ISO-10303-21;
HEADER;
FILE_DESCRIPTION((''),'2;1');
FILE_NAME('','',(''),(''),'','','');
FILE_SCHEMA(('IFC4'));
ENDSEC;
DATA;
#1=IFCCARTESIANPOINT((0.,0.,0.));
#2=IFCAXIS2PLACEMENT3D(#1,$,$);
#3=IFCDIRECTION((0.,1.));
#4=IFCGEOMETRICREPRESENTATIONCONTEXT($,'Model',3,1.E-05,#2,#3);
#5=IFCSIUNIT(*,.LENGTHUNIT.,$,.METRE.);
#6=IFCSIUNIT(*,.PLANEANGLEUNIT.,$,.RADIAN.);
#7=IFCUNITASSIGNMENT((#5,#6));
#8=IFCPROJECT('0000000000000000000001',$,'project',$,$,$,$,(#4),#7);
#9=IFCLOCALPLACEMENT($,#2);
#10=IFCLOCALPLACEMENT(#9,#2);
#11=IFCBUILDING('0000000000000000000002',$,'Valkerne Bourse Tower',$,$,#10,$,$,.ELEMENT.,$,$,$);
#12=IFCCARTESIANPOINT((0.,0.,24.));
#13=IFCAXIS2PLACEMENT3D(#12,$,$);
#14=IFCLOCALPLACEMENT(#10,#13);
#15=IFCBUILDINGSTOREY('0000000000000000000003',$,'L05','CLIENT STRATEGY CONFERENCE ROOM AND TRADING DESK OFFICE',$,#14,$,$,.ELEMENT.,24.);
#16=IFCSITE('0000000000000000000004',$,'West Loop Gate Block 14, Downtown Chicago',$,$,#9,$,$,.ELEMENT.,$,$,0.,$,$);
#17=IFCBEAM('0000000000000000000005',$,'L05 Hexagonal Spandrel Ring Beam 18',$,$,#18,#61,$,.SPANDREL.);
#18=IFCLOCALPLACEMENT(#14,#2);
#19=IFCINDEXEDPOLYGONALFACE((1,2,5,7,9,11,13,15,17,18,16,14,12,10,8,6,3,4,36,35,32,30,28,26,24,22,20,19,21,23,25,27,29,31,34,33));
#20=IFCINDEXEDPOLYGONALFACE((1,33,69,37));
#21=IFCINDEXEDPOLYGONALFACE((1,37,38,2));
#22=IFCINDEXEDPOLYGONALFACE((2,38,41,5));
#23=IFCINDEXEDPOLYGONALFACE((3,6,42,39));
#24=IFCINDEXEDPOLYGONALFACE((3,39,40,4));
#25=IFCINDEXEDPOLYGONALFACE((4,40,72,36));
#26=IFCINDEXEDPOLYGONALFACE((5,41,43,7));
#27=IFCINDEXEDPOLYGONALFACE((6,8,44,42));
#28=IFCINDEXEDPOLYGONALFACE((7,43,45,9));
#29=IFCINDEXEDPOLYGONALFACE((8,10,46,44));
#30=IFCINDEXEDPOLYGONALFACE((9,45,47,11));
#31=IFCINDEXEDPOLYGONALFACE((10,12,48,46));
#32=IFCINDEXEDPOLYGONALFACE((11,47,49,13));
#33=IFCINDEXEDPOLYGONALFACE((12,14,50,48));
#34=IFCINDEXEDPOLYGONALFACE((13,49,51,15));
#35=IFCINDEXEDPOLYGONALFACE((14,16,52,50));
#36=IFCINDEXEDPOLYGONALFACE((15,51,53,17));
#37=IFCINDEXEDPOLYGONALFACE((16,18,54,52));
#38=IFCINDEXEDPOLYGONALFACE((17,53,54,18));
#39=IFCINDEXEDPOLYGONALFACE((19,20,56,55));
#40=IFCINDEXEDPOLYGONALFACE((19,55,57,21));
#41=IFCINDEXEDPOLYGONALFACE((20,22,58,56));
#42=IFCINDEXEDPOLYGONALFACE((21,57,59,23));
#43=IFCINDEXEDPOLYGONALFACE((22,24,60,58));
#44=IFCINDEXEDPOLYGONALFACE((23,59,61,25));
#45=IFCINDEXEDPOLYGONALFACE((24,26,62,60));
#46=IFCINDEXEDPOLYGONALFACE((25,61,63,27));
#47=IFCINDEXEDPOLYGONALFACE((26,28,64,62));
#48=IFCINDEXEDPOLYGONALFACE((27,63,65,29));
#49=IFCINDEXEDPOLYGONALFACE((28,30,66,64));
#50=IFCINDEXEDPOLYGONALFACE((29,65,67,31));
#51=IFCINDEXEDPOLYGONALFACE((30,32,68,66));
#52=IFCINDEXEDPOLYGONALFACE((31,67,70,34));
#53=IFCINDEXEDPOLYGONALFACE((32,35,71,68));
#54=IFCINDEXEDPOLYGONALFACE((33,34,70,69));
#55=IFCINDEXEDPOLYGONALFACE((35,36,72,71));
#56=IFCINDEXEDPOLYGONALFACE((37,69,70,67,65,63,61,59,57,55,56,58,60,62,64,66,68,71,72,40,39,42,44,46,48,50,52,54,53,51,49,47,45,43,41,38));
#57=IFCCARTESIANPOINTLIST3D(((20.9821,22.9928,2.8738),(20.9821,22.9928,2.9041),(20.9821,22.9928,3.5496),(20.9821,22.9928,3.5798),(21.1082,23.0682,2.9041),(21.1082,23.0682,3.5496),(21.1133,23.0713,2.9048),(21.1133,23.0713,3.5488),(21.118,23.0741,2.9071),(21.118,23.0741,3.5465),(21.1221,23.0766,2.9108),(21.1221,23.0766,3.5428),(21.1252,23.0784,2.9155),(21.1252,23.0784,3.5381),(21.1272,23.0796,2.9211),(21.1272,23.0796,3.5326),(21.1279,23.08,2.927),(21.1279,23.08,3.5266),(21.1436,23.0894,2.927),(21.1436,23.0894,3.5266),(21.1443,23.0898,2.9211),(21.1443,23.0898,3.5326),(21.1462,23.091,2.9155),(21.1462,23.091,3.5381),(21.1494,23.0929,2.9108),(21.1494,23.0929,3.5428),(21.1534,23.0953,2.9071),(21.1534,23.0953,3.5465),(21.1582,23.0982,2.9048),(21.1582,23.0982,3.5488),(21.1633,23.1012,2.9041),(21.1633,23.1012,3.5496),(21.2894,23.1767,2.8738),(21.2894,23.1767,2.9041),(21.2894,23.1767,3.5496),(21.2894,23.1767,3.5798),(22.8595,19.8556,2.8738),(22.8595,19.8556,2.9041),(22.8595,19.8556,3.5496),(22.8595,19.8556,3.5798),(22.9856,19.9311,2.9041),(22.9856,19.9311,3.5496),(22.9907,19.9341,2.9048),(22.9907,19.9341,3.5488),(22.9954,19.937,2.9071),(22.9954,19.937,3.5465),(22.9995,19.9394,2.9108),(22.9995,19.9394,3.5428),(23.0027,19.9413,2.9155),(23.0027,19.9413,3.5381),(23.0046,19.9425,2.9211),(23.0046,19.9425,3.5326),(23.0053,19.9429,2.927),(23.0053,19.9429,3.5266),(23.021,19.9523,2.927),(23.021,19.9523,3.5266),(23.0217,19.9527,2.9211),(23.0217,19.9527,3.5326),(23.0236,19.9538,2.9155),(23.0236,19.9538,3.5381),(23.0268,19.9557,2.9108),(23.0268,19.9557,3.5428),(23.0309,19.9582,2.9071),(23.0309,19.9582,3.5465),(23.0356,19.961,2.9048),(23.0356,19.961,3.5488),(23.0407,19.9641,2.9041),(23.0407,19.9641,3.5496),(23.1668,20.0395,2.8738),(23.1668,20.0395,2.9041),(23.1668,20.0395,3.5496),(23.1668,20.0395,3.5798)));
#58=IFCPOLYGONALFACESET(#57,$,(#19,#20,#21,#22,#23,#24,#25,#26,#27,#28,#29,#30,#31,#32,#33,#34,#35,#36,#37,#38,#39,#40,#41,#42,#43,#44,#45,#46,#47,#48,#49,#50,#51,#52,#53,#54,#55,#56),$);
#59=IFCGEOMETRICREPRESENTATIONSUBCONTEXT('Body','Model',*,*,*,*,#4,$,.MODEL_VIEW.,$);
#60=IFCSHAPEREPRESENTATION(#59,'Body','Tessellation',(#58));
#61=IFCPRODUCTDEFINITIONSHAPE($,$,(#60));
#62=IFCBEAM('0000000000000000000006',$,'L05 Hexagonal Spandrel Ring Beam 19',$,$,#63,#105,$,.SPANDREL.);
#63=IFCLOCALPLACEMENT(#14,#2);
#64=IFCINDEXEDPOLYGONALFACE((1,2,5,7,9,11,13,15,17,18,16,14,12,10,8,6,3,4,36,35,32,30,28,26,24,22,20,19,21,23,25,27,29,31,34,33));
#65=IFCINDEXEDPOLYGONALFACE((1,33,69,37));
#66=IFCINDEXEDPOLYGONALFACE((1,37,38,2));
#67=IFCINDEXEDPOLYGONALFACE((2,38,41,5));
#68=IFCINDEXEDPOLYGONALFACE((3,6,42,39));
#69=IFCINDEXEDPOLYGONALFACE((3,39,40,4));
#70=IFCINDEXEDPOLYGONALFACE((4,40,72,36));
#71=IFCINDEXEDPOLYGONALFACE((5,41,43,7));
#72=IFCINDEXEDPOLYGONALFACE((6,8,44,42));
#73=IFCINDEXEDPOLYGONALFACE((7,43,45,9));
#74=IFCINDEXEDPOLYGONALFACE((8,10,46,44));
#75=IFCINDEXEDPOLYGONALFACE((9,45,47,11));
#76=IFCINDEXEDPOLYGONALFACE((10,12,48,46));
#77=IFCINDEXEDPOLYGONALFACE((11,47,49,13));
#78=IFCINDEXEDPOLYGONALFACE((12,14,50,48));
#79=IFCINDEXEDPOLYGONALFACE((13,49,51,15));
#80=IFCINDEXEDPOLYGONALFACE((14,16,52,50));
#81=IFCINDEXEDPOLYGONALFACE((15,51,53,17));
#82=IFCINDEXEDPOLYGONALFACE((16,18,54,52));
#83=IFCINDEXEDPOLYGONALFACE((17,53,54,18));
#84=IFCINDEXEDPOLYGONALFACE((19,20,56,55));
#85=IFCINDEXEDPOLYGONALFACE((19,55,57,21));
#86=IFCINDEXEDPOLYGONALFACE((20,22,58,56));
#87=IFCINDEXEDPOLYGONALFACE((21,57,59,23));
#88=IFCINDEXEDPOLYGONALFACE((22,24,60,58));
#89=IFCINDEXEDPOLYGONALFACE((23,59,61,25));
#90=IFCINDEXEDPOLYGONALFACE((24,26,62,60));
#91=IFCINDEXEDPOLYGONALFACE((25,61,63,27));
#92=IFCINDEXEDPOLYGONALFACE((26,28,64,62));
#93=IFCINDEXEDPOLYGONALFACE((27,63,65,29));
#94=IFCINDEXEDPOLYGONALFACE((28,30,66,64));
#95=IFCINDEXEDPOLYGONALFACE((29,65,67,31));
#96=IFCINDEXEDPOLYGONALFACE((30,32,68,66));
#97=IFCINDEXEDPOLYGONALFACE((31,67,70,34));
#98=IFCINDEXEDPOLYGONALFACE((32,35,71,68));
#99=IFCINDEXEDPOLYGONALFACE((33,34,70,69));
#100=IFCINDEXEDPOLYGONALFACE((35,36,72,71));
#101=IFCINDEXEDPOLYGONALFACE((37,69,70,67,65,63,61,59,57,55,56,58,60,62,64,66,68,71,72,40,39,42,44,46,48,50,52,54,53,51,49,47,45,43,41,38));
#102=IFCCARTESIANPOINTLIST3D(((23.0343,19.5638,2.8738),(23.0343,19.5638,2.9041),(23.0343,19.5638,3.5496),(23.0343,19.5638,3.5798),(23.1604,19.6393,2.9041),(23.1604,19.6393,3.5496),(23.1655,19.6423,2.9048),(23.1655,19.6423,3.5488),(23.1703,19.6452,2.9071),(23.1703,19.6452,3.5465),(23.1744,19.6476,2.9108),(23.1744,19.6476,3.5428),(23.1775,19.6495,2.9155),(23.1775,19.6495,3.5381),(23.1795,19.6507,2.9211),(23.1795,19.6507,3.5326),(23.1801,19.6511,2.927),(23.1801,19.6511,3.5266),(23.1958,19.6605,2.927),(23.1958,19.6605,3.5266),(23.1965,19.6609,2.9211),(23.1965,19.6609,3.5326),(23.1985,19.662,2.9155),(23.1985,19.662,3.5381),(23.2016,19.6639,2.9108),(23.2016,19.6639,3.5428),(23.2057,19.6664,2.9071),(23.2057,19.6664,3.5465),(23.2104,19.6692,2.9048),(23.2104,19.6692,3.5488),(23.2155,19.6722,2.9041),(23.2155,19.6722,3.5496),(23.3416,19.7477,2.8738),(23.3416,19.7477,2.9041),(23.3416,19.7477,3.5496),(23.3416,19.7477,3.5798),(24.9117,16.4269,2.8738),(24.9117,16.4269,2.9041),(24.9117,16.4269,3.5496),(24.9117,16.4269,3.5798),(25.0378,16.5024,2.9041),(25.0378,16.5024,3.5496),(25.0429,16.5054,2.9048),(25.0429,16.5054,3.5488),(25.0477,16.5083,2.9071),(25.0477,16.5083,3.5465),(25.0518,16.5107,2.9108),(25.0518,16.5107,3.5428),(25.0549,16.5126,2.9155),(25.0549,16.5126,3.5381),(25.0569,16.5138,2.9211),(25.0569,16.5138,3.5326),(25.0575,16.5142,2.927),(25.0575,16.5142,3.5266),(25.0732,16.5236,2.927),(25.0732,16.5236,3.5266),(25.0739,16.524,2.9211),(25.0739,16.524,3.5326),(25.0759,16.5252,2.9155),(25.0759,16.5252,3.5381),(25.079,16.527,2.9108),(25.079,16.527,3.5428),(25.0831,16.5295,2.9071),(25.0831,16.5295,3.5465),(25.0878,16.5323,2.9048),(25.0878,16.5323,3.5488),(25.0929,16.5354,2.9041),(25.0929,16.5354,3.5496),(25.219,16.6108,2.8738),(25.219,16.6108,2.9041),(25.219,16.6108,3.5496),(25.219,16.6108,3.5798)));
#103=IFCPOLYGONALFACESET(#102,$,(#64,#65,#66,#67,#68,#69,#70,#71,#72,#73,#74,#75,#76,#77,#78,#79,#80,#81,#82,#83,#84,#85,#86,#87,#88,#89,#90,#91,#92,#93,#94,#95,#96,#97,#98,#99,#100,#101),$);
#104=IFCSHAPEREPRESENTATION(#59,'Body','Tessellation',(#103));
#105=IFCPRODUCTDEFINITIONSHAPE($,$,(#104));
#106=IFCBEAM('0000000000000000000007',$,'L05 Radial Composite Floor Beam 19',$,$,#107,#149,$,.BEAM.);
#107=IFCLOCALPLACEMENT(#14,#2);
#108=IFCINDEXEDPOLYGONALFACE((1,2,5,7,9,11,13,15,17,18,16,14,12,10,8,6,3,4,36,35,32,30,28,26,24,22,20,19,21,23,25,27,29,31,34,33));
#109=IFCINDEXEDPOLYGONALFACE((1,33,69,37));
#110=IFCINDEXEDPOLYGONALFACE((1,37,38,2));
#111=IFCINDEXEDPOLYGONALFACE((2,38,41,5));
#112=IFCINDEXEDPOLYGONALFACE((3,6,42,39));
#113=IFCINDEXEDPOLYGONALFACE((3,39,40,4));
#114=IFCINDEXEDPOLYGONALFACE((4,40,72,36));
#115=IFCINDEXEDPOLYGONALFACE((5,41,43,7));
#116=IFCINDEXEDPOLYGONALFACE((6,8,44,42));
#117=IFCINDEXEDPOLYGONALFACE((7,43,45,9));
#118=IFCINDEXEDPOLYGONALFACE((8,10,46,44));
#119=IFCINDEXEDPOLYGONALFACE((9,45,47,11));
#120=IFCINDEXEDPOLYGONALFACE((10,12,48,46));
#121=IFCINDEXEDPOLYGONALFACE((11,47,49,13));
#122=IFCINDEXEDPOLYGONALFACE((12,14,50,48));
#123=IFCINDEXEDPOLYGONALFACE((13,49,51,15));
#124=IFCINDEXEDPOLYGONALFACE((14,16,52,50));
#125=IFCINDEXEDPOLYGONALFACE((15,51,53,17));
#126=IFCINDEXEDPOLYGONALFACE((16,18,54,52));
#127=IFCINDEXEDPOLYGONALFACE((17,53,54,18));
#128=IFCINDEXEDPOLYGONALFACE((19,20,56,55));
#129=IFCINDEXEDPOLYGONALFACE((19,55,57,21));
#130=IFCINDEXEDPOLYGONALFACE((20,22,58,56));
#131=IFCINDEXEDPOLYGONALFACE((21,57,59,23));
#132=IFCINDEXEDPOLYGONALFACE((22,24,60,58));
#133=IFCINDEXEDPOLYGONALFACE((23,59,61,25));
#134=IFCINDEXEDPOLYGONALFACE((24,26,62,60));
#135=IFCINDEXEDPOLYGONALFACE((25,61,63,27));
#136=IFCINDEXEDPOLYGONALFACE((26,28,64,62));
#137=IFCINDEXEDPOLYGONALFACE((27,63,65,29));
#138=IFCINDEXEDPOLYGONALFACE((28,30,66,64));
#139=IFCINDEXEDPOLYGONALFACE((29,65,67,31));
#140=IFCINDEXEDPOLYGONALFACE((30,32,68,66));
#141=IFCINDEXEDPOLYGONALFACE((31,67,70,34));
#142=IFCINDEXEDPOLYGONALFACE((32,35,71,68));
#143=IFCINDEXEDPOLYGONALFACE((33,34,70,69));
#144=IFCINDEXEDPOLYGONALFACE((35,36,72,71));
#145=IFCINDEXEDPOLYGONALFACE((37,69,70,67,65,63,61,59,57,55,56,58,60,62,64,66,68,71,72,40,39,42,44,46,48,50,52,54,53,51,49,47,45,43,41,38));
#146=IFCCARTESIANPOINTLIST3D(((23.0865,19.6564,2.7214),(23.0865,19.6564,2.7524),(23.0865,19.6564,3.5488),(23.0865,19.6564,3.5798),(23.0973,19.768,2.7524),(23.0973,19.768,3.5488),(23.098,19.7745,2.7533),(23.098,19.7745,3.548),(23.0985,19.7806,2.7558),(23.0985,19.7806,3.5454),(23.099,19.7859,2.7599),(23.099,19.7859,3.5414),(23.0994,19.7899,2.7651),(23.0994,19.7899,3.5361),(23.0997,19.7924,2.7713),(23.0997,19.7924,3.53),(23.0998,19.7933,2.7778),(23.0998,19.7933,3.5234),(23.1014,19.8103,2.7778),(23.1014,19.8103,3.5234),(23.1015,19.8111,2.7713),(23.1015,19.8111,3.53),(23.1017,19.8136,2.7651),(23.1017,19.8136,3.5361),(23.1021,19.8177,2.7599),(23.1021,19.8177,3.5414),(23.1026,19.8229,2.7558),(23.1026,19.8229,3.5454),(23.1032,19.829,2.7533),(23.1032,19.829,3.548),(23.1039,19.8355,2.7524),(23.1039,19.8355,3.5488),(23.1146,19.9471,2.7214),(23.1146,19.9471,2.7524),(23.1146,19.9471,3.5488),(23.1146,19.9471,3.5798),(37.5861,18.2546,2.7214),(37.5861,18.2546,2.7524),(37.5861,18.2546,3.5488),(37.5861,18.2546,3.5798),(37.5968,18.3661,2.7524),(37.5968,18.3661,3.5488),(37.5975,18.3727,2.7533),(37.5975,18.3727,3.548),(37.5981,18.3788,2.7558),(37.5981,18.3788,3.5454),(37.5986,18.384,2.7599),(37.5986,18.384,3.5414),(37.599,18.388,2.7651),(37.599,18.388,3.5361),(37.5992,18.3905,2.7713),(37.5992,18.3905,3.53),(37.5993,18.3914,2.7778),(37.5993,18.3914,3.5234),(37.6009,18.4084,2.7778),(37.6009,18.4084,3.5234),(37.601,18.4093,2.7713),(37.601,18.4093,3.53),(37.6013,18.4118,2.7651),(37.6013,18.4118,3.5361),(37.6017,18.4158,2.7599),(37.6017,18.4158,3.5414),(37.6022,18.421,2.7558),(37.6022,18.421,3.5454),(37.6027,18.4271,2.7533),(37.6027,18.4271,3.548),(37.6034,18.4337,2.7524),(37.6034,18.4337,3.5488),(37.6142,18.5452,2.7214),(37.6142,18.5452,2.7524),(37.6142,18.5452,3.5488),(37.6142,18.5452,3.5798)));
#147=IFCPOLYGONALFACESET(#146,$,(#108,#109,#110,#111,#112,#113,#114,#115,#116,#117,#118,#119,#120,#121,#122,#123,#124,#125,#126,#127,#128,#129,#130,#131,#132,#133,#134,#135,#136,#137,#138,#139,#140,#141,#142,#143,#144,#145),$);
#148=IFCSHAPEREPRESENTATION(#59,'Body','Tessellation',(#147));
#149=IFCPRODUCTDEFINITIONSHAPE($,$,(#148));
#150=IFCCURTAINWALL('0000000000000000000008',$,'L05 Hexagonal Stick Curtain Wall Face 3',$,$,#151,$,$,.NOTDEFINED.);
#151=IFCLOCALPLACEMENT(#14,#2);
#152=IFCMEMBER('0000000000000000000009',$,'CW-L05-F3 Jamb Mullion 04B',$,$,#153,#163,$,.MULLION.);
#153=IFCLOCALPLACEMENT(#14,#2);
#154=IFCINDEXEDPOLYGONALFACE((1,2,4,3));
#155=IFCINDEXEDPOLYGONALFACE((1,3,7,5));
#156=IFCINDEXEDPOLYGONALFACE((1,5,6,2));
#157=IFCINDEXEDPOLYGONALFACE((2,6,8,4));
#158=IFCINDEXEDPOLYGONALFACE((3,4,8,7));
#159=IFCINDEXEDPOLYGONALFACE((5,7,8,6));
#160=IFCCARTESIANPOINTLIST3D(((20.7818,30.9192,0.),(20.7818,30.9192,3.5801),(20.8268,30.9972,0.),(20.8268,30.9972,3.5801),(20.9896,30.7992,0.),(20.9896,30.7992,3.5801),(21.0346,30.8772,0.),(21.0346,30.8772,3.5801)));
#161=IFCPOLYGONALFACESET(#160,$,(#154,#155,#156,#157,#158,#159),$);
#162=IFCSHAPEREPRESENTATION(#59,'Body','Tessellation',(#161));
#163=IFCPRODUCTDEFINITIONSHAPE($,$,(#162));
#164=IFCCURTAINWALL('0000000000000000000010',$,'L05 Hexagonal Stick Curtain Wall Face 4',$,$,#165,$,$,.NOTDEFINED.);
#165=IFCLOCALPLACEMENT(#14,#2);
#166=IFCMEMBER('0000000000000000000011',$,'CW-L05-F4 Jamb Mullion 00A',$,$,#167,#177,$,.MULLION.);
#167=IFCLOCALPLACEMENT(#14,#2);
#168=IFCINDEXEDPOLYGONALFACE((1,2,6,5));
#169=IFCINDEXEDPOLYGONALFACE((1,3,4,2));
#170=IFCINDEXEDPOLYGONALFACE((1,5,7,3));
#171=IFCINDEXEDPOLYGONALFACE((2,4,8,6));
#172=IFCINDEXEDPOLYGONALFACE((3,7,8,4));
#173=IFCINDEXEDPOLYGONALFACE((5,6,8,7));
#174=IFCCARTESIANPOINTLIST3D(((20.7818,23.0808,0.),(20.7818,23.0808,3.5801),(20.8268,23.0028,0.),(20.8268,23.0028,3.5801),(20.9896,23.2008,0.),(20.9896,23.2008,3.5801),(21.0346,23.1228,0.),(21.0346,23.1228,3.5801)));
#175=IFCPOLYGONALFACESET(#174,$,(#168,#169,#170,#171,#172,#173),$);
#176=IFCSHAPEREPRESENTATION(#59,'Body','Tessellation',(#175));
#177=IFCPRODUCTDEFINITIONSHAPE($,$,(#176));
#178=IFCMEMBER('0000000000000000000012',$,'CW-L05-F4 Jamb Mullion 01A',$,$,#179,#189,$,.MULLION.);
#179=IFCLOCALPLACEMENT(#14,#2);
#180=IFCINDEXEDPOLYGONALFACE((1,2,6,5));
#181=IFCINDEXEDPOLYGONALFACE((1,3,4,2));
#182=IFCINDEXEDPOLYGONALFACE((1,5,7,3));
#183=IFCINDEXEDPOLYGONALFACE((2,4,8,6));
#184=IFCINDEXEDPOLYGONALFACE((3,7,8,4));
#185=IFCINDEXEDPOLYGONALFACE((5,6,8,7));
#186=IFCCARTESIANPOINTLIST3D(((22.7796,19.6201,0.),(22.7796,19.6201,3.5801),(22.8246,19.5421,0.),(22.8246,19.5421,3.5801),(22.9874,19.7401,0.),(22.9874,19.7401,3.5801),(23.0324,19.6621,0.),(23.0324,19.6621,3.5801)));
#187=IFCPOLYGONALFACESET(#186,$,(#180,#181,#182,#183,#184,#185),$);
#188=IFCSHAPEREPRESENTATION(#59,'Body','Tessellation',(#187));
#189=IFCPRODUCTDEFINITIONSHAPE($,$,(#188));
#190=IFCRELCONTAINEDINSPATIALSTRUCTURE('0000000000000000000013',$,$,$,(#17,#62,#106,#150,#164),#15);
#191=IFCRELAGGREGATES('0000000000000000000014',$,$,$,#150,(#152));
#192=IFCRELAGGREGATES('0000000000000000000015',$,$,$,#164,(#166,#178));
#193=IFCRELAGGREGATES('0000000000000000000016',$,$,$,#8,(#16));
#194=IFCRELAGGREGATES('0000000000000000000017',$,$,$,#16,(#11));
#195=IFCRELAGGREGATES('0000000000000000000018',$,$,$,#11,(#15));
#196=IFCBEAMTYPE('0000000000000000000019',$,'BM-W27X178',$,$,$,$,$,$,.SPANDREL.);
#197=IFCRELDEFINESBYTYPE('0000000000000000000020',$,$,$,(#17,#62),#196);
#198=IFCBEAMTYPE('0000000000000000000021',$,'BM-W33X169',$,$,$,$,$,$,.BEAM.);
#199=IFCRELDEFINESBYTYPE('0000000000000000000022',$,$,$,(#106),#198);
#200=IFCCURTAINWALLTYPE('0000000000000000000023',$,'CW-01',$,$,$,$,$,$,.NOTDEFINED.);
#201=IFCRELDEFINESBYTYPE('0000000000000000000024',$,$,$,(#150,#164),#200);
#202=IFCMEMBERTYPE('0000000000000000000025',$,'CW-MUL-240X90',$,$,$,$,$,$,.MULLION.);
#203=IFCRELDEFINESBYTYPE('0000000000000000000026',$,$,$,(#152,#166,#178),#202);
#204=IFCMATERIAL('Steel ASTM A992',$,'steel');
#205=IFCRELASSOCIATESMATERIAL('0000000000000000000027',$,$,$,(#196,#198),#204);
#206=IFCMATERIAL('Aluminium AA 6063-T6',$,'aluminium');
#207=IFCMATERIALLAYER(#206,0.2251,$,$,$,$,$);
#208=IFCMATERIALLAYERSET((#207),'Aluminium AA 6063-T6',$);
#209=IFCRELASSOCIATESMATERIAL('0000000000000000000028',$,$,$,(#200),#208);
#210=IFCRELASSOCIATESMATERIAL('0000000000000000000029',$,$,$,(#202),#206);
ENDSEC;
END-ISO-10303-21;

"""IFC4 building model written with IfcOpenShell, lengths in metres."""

from ifc_helpers import new_model, si_unit, direction, frame, origin, origin_2d, place, context, subcontext, project, spatial, rectangle, i_section, extrude, material, layer, layer_set, material_profile, profile_set, type_object, element, aggregate, save


model = new_model("IFC4")

# Units and contexts
model_context = context("Model", 3, precision=1e-05, world=origin(), true_north=direction((0.0, 1.0)))
body_context = subcontext(model_context, "Body", "Model", "MODEL_VIEW")
ifc_project = project(units=[si_unit("LENGTHUNIT", "METRE"), si_unit("PLANEANGLEUNIT", "RADIAN")], contexts=[model_context])

# Site, building, storey
site_placement = place(None, origin())
site = spatial("IfcSite", under=ifc_project, at=site_placement, Name="West Loop Gate Block 14, Downtown Chicago", CompositionType="ELEMENT", RefElevation=0.0)
building_placement = place(site_placement, origin())
building = spatial("IfcBuilding", under=site, at=building_placement, Name="Valkerne Bourse Tower", CompositionType="ELEMENT")
storey_placement = place(building_placement, frame((0.0, 0.0, 24.0)))
storey = spatial("IfcBuildingStorey", under=building, at=storey_placement, Name="L05", Description="CLIENT STRATEGY CONFERENCE ROOM AND TRADING DESK OFFICE", CompositionType="ELEMENT", Elevation=24.0)

# Beams
ifc_material_1 = material(Name="Steel ASTM A992", Category="steel")
ifc_material_profile_1 = material_profile(ifc_material_1, i_section(OverallWidth=0.3582, OverallDepth=0.7061, WebThickness=0.0183, FlangeThickness=0.0303, FilletRadius=0.0229, at=origin_2d()), Name="W27X178")
ifc_profile_set_1 = profile_set([ifc_material_profile_1], Name="Steel ASTM A992")
beam_type_1 = type_object("IfcBeamType", Name="BM-W27X178", PredefinedType="SPANDREL", material=ifc_profile_set_1)
beam_1_placement = place(storey_placement, frame((21.1357, 23.0847, 3.2268), z_axis=(0.513513, -0.858082, 0.0), x_axis=(0.858082, 0.513513, 0.0)))
element("IfcBeam", 1, at=beam_1_placement, inside=storey, type_object=beam_type_1, Name="L05 Hexagonal Spandrel Ring Beam 18", PredefinedType="SPANDREL", context=body_context, shape_type="SweptSolid", body=[
    extrude(i_section(OverallWidth=0.3582, OverallDepth=0.7061, WebThickness=0.0183, FlangeThickness=0.0303, FilletRadius=0.0229, at=origin_2d()), origin(), (0.0, 0.0, 1.0), 3.656),
])
beam_2_placement = place(storey_placement, frame((23.188, 19.6558, 3.2268), z_axis=(0.513543, -0.858064, 0.0), x_axis=(0.858064, 0.513543, 0.0)))
element("IfcBeam", 2, at=beam_2_placement, inside=storey, type_object=beam_type_1, Name="L05 Hexagonal Spandrel Ring Beam 19", PredefinedType="SPANDREL", context=body_context, shape_type="SweptSolid", body=[
    extrude(i_section(OverallWidth=0.3582, OverallDepth=0.7061, WebThickness=0.0183, FlangeThickness=0.0303, FilletRadius=0.0229, at=origin_2d()), origin(), (0.0, 0.0, 1.0), 3.6558),
])
ifc_material_profile_2 = material_profile(ifc_material_1, i_section(OverallWidth=0.292, OverallDepth=0.8584, WebThickness=0.0171, FlangeThickness=0.031, FilletRadius=0.0254, at=origin_2d()), Name="W33X169")
ifc_profile_set_2 = profile_set([ifc_material_profile_2], Name="Steel ASTM A992")
beam_type_2 = type_object("IfcBeamType", Name="BM-W33X169", PredefinedType="BEAM", material=ifc_profile_set_2)
beam_3_placement = place(storey_placement, frame((23.1006, 19.8018, 3.1506), z_axis=(0.995359, -0.096234, 0.0), x_axis=(0.096234, 0.995359, 0.0)))
element("IfcBeam", 3, at=beam_3_placement, inside=storey, type_object=beam_type_2, Name="L05 Radial Composite Floor Beam 19", PredefinedType="BEAM", context=body_context, shape_type="SweptSolid", body=[
    extrude(i_section(OverallWidth=0.292, OverallDepth=0.8584, WebThickness=0.0171, FlangeThickness=0.031, FilletRadius=0.0254, at=origin_2d()), origin(), (0.0, 0.0, 1.0), 14.5671),
])

# Curtain wall, member
ifc_material_2 = material(Name="Aluminium AA 6063-T6", Category="aluminium")
ifc_layer_1 = layer(ifc_material_2, 0.2251)
ifc_layer_set_1 = layer_set([ifc_layer_1], Name="Aluminium AA 6063-T6")
curtain_wall_type = type_object("IfcCurtainWallType", Name="CW-01", PredefinedType="NOTDEFINED", material=ifc_layer_set_1)
curtain_wall_1_placement = place(storey_placement, origin())
curtain_wall_1 = element("IfcCurtainWall", 4, at=curtain_wall_1_placement, inside=storey, type_object=curtain_wall_type, Name="L05 Hexagonal Stick Curtain Wall Face 3", PredefinedType="NOTDEFINED")
ifc_material_profile_3 = material_profile(ifc_material_2, rectangle(XDim=0.0901, YDim=0.24, at=origin_2d()), Name="CWM-90X240")
ifc_profile_set_3 = profile_set([ifc_material_profile_3], Name="Aluminium AA 6063-T6")
member_type_1 = type_object("IfcMemberType", Name="CW-MUL-240X90", PredefinedType="MULLION", material=ifc_profile_set_3)
member_1_placement = place(storey_placement, frame((20.9082, 30.8982, 0.0), z_axis=(0.0, 0.0, 1.0), x_axis=(-0.500004, -0.866023, 0.0)))
member_1 = element("IfcMember", 5, at=member_1_placement, type_object=member_type_1, Name="CW-L05-F3 Jamb Mullion 04B", PredefinedType="MULLION", context=body_context, shape_type="SweptSolid", body=[
    extrude(rectangle(XDim=0.0901, YDim=0.24, at=origin_2d()), origin(), (0.0, 0.0, 1.0), 3.5801),
])
aggregate(curtain_wall_1, [member_1])

# Curtain wall, members
curtain_wall_2_placement = place(storey_placement, origin())
curtain_wall_2 = element("IfcCurtainWall", 6, at=curtain_wall_2_placement, inside=storey, type_object=curtain_wall_type, Name="L05 Hexagonal Stick Curtain Wall Face 4", PredefinedType="NOTDEFINED")
member_2_placement = place(storey_placement, frame((20.9082, 23.1018, 0.0), z_axis=(0.0, 0.0, 1.0), x_axis=(0.500004, -0.866023, 0.0)))
member_2 = element("IfcMember", 7, at=member_2_placement, type_object=member_type_1, Name="CW-L05-F4 Jamb Mullion 00A", PredefinedType="MULLION", context=body_context, shape_type="SweptSolid", body=[
    extrude(rectangle(XDim=0.0901, YDim=0.24, at=origin_2d()), origin(), (0.0, 0.0, 1.0), 3.5801),
])
member_3_placement = place(storey_placement, frame((22.906, 19.6411, 0.0), z_axis=(0.0, 0.0, 1.0), x_axis=(0.499993, -0.866029, 0.0)))
member_3 = element("IfcMember", 8, at=member_3_placement, type_object=member_type_1, Name="CW-L05-F4 Jamb Mullion 01A", PredefinedType="MULLION", context=body_context, shape_type="SweptSolid", body=[
    extrude(rectangle(XDim=0.0901, YDim=0.24, at=origin_2d()), origin(), (0.0, 0.0, 1.0), 3.5801),
])

aggregate(curtain_wall_2, [member_2, member_3])

save(model, "model.ifc")
